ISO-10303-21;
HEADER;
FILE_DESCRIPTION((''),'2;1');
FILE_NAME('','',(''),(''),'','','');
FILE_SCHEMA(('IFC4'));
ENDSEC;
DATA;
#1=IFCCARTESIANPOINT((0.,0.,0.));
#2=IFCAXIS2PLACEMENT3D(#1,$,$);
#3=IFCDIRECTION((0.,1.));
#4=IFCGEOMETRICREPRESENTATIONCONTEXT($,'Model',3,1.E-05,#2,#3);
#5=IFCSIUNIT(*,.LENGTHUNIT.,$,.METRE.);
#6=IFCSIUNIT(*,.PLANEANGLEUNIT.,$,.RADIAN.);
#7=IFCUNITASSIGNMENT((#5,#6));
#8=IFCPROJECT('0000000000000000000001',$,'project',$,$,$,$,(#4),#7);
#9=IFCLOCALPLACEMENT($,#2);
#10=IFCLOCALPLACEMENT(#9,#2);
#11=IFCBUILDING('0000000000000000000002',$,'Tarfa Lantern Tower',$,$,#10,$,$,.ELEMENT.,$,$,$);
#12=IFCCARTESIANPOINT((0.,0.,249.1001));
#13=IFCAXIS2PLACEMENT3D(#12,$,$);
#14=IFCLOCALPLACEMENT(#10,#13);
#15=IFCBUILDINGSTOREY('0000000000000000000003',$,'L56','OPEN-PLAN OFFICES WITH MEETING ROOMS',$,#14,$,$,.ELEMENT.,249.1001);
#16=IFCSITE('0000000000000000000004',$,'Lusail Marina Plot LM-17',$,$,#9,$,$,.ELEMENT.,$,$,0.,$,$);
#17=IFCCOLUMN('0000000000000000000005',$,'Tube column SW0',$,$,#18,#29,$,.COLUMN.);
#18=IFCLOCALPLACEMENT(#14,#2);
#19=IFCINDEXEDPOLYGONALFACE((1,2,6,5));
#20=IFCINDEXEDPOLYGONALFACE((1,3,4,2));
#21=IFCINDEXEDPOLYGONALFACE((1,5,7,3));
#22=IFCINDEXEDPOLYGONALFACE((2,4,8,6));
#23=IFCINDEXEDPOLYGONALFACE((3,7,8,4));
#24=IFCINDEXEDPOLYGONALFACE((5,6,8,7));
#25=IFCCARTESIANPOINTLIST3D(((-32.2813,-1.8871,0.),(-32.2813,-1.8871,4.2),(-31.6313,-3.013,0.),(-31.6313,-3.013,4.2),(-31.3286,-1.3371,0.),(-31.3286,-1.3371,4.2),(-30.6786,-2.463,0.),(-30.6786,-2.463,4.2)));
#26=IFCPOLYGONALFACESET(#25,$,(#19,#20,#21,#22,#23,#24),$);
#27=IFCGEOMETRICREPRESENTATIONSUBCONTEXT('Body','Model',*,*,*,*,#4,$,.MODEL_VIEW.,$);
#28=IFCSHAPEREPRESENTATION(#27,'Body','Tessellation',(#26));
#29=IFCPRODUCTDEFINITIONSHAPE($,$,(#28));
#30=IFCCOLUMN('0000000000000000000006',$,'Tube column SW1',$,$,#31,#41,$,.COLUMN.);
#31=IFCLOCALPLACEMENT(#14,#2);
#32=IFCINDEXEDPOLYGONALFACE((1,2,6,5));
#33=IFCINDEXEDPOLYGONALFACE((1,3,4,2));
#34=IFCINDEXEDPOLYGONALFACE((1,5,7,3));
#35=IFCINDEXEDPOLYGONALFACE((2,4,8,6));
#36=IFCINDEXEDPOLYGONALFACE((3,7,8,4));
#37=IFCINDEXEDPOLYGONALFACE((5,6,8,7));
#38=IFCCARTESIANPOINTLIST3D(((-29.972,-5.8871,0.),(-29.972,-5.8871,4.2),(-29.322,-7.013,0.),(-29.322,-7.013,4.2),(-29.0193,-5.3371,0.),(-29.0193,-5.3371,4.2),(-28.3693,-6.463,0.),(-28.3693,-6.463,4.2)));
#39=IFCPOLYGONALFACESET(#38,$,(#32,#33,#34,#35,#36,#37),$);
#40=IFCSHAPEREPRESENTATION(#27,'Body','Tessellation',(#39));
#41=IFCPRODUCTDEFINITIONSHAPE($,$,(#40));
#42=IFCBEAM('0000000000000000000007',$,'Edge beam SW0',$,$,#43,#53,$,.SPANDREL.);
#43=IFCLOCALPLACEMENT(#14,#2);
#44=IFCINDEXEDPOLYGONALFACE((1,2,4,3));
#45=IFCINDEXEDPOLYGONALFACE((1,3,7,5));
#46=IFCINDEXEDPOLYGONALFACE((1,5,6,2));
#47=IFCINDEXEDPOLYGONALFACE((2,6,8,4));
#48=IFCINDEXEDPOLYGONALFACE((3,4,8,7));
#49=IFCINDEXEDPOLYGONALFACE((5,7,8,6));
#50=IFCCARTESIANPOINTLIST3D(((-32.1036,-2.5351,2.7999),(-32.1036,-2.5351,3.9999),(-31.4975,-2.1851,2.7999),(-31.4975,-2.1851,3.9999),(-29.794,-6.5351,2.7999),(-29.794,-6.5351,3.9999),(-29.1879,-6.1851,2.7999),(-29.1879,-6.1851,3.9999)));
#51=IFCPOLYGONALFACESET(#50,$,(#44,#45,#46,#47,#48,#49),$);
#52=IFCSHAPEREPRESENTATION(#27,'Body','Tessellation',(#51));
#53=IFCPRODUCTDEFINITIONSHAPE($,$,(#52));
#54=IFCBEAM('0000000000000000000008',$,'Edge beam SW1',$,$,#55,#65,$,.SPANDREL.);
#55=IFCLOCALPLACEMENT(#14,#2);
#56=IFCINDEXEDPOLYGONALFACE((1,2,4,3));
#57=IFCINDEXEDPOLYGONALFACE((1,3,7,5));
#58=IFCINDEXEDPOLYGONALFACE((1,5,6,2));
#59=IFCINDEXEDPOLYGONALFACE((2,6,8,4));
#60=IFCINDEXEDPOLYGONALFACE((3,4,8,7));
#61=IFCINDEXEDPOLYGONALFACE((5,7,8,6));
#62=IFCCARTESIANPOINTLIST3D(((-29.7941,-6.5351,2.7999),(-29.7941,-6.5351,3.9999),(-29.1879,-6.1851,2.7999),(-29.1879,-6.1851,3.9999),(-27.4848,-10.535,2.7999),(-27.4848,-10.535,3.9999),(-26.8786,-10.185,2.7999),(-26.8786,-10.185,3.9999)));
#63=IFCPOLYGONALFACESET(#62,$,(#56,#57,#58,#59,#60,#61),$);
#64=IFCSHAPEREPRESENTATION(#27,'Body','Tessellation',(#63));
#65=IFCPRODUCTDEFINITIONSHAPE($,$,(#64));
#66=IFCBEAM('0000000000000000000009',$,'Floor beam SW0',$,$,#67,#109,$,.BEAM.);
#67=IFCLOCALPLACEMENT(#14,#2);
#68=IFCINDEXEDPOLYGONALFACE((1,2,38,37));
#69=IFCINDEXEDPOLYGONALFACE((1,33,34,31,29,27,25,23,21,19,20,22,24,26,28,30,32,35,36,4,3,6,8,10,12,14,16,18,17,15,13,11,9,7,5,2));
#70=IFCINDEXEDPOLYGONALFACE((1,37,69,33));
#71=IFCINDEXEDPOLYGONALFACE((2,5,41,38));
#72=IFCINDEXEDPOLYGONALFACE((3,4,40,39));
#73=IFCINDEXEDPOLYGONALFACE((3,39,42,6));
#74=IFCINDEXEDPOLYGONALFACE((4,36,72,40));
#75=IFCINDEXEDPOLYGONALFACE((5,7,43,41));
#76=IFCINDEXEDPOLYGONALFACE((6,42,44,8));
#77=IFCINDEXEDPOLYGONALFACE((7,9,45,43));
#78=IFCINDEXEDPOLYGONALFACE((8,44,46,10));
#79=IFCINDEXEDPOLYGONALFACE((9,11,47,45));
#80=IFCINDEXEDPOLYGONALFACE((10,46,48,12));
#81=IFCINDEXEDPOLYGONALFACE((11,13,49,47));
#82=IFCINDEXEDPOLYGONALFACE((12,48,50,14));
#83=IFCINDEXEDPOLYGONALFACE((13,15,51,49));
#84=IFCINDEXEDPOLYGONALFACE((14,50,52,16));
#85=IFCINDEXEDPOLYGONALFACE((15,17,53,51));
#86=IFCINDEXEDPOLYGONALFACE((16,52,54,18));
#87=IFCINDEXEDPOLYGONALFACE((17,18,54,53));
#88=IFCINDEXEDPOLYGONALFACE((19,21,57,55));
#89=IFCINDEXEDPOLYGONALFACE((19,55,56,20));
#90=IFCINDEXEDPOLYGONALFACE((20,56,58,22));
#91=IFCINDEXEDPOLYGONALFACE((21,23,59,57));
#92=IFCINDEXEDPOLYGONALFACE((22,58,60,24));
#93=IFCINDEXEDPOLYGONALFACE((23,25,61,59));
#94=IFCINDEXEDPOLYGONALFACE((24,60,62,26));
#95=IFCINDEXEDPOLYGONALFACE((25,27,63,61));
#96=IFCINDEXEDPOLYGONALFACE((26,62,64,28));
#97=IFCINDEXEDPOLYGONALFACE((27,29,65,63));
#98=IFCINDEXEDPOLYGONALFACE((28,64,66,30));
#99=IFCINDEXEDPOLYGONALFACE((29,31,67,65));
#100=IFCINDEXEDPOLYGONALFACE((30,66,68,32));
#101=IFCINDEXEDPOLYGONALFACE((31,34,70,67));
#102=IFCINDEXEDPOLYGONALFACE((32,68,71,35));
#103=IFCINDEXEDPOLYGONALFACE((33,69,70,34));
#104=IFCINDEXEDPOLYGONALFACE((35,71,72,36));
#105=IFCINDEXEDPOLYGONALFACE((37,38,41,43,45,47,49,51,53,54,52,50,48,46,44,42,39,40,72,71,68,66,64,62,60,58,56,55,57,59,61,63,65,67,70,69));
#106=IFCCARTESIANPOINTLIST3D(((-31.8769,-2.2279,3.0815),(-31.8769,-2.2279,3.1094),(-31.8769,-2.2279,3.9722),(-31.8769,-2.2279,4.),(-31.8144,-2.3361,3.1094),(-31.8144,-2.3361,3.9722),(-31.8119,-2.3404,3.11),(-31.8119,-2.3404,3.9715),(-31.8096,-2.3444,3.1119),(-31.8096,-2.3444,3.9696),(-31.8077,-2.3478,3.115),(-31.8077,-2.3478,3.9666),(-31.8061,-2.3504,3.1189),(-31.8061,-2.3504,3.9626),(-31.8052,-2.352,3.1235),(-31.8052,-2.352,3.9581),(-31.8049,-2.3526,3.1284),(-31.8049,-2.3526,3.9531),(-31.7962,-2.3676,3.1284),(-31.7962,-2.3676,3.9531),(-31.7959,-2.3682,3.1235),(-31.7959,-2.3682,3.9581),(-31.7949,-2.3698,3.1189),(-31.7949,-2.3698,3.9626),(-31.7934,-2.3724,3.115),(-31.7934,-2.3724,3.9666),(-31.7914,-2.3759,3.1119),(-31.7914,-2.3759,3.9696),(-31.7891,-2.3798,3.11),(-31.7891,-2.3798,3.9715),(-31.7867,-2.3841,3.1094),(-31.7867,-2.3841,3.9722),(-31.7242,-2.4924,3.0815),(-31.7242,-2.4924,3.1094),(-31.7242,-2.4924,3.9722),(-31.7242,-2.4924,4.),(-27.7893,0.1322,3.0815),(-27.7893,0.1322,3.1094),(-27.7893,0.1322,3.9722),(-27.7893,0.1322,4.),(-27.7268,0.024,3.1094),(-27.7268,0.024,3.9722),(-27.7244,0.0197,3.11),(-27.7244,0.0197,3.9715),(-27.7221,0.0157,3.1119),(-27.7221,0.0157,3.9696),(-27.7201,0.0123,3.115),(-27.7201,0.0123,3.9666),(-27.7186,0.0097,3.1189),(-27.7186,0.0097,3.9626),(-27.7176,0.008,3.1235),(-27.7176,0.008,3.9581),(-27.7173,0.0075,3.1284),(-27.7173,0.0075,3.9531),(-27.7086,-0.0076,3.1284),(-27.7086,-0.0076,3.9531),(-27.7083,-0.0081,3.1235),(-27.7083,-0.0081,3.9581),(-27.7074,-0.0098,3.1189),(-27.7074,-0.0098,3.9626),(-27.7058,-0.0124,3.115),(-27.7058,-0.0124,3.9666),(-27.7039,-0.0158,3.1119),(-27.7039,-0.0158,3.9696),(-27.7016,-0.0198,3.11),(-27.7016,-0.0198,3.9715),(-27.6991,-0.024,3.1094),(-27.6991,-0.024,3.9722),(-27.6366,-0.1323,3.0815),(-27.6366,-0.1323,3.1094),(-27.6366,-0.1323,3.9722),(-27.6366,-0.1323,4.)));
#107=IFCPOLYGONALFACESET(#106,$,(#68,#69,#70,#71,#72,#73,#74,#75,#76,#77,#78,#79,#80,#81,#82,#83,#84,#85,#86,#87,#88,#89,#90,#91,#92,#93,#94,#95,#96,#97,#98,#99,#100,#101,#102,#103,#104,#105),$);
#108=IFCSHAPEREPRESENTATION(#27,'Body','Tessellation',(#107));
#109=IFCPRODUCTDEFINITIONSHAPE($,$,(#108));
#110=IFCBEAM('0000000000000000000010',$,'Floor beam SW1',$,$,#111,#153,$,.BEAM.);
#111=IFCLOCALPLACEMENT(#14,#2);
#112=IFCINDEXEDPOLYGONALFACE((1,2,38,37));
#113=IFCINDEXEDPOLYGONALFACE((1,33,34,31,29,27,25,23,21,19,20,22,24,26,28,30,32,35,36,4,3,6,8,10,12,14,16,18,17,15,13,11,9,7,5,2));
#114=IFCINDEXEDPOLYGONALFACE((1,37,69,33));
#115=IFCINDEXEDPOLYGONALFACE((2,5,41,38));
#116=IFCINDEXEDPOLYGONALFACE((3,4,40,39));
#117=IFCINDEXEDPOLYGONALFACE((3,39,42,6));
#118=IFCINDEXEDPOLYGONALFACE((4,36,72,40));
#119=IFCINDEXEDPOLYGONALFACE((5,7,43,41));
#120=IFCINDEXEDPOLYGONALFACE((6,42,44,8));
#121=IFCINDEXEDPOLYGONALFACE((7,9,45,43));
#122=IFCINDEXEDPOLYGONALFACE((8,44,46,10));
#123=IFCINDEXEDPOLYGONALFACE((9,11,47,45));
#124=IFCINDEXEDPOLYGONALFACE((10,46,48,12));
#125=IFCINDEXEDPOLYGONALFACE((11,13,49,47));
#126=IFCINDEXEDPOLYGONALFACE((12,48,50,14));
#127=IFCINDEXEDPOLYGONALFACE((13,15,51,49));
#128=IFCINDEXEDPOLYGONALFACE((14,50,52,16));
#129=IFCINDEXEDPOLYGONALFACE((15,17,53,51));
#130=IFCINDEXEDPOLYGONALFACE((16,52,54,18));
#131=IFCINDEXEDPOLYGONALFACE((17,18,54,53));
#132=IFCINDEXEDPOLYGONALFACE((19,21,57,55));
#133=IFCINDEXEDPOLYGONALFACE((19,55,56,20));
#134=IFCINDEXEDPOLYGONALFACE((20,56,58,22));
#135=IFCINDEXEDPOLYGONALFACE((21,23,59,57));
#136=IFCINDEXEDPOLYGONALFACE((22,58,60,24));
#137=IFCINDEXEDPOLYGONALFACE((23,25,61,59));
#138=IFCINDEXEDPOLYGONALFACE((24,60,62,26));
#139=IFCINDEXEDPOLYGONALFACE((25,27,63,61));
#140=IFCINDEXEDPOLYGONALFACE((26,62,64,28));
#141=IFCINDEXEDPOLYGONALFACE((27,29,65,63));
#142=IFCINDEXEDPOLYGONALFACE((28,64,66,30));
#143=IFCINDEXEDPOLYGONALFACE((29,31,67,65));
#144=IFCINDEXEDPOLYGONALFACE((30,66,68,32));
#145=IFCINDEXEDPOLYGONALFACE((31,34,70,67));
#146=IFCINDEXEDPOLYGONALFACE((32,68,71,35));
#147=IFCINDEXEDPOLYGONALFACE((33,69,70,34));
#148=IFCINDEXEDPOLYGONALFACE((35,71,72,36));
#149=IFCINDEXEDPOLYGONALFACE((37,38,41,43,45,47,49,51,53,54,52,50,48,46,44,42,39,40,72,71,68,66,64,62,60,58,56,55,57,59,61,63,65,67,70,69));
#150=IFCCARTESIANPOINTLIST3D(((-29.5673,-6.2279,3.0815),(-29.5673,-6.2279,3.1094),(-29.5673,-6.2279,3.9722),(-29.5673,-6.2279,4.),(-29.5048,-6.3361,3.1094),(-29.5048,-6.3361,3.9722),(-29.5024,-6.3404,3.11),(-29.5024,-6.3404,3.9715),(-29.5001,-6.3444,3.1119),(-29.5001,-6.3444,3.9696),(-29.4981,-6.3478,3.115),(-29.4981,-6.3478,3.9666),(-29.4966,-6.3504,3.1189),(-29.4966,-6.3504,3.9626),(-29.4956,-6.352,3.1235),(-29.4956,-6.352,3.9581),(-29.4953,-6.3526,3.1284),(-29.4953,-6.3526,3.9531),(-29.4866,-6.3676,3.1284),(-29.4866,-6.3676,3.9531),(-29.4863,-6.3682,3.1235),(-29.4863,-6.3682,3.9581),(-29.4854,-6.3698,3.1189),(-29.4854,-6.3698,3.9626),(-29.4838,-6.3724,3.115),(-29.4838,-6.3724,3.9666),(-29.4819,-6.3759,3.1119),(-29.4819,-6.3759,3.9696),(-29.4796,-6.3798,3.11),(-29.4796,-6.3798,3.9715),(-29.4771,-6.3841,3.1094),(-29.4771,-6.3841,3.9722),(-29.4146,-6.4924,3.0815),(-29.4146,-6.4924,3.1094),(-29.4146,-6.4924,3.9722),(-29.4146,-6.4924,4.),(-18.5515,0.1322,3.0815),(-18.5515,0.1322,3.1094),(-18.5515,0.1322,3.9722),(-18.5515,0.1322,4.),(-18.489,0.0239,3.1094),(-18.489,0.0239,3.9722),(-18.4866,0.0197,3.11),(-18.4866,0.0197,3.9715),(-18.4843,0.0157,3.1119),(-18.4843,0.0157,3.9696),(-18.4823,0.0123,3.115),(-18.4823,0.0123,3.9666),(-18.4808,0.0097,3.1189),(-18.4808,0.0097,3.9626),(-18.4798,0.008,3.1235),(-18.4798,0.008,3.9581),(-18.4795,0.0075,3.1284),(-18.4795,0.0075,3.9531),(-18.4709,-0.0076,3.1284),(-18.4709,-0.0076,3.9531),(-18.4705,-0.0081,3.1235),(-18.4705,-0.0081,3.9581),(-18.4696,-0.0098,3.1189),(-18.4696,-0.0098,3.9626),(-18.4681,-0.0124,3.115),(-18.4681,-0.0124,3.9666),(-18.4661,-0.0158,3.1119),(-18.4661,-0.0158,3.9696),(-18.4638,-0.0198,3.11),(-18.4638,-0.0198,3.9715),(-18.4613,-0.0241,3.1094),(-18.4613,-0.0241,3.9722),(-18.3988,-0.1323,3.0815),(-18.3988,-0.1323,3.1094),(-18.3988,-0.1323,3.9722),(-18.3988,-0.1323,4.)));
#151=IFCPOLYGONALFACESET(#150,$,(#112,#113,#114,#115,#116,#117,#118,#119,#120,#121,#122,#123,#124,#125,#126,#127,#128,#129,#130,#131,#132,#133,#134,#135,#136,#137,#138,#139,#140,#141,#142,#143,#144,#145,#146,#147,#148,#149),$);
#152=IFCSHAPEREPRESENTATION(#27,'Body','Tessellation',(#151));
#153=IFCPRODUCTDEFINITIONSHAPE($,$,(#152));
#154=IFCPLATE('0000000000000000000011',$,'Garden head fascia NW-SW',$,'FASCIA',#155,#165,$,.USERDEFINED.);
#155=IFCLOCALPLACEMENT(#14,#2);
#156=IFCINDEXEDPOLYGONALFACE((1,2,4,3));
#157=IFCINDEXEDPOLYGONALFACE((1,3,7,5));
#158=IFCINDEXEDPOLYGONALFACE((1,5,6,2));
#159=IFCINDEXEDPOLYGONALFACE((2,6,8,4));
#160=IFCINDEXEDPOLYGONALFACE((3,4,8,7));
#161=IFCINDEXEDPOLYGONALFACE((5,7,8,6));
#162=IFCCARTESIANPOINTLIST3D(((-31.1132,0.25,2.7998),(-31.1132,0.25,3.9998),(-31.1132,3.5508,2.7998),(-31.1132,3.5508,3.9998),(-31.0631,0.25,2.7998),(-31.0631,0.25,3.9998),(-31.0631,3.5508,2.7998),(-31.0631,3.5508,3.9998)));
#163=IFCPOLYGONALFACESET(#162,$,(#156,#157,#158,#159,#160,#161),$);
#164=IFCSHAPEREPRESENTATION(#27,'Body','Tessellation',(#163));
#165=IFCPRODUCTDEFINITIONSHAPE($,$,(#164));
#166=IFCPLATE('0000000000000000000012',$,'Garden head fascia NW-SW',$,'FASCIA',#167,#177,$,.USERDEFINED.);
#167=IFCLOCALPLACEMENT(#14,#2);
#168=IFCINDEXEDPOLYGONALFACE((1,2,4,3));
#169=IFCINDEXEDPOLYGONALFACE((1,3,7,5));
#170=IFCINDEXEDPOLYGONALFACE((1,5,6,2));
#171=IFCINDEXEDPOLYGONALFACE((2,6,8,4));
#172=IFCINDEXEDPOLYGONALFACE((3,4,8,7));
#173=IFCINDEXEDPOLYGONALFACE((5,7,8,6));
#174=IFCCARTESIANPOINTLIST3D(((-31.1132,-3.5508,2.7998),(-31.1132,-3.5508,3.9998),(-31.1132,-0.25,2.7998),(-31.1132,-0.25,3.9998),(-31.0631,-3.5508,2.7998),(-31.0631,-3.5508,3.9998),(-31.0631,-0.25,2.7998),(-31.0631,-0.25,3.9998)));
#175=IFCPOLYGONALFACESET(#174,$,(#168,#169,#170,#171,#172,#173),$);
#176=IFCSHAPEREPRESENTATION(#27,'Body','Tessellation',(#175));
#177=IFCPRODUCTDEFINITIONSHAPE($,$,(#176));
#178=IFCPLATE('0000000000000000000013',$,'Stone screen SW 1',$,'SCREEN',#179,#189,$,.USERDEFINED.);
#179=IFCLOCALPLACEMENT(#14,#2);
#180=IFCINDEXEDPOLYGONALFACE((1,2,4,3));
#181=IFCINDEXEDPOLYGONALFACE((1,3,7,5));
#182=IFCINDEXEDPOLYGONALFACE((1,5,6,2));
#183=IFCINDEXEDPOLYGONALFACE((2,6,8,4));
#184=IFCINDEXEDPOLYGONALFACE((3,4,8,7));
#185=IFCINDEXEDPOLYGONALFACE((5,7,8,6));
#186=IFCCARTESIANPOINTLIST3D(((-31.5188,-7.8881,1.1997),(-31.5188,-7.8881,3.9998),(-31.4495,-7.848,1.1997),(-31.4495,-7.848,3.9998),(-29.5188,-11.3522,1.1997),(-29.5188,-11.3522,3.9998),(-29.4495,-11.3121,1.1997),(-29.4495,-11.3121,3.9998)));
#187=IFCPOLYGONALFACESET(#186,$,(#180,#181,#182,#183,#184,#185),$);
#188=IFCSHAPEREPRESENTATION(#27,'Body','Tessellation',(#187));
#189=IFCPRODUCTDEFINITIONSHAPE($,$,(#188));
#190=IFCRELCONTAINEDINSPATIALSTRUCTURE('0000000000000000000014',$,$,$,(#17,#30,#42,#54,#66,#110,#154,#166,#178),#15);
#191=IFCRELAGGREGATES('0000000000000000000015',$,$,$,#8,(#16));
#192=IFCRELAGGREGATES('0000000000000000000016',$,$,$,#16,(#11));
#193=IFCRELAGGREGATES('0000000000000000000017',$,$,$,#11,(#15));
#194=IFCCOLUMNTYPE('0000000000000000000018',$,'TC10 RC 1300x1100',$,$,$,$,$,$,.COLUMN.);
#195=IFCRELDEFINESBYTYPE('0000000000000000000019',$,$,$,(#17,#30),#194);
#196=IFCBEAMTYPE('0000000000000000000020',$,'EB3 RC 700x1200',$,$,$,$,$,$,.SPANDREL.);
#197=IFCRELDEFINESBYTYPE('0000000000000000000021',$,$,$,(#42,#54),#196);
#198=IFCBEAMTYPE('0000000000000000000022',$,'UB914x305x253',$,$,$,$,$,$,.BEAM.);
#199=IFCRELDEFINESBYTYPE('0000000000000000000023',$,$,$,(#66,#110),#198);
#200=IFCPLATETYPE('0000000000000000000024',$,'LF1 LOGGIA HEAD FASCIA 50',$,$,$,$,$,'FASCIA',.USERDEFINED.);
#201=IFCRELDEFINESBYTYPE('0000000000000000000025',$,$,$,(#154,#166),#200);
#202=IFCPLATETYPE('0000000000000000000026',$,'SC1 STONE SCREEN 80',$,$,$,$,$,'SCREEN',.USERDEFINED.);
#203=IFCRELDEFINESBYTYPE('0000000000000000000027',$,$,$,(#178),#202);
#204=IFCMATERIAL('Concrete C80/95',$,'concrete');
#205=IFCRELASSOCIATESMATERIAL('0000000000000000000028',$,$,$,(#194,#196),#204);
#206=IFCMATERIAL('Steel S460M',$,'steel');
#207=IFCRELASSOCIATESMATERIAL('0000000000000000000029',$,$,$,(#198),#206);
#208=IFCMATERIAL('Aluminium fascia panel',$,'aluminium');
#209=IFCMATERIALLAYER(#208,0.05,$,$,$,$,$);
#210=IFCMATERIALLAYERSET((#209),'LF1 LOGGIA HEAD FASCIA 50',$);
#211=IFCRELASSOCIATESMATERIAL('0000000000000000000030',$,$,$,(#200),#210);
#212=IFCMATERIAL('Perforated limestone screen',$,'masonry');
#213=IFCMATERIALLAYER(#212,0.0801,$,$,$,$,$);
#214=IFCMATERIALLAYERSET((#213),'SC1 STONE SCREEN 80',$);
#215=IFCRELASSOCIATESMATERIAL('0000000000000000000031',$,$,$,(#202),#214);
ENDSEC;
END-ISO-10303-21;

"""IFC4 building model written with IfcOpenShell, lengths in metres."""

from ifc_helpers import new_model, si_unit, direction, frame, origin, origin_2d, place, context, subcontext, project, spatial, rectangle, i_section, extrude, material, layer, layer_set, material_profile, profile_set, type_object, element, save


model = new_model("IFC4")

# Units and contexts
model_context = context("Model", 3, precision=1e-05, world=origin(), true_north=direction((0.0, 1.0)))
body_context = subcontext(model_context, "Body", "Model", "MODEL_VIEW")
ifc_project = project(units=[si_unit("LENGTHUNIT", "METRE"), si_unit("PLANEANGLEUNIT", "RADIAN")], contexts=[model_context])

# Site, building, storey
site_placement = place(None, origin())
site = spatial("IfcSite", under=ifc_project, at=site_placement, Name="Lusail Marina Plot LM-17", CompositionType="ELEMENT", RefElevation=0.0)
building_placement = place(site_placement, origin())
building = spatial("IfcBuilding", under=site, at=building_placement, Name="Tarfa Lantern Tower", CompositionType="ELEMENT")
storey_placement = place(building_placement, frame((0.0, 0.0, 249.1001)))
storey = spatial("IfcBuildingStorey", under=building, at=storey_placement, Name="L56", Description="OPEN-PLAN OFFICES WITH MEETING ROOMS", CompositionType="ELEMENT", Elevation=249.1001)

# Columns
ifc_material_1 = material(Name="Concrete C80/95", Category="concrete")
ifc_material_profile_1 = material_profile(ifc_material_1, rectangle(XDim=1.3, YDim=1.1001, at=origin_2d()), Name="RC 1300x1100")
ifc_profile_set_1 = profile_set([ifc_material_profile_1], Name="Concrete C80/95")
column_type = type_object("IfcColumnType", Name="TC10 RC 1300x1100", PredefinedType="COLUMN", material=ifc_profile_set_1)
for number, where, z_axis, x_axis, name in (
    (1, (-31.48, -2.175, 0.0), (0.0, 0.0, 1.0), (0.5, -0.866025, 0.0), "Tube column SW0"),
    (2, (-29.1707, -6.175, 0.0), (0.0, 0.0, 1.0), (0.5, -0.866025, 0.0), "Tube column SW1"),
):
    element("IfcColumn", number, at=place(storey_placement, frame(where, z_axis=z_axis, x_axis=x_axis)), inside=storey, type_object=column_type, Name=name, PredefinedType="COLUMN", context=body_context, shape_type="SweptSolid", body=[
        extrude(rectangle(XDim=1.3, YDim=1.1001, at=origin_2d()), origin(), (0.0, 0.0, 1.0), 4.2),
    ])

# Beams
ifc_material_profile_2 = material_profile(ifc_material_1, rectangle(XDim=0.7, YDim=1.2, at=origin_2d()), Name="RC 700x1200")
ifc_profile_set_2 = profile_set([ifc_material_profile_2], Name="Concrete C80/95")
beam_type_1 = type_object("IfcBeamType", Name="EB3 RC 700x1200", PredefinedType="SPANDREL", material=ifc_profile_set_2)
beam_1_placement = place(storey_placement, frame((-31.8005, -2.3601, 3.3999), z_axis=(0.500027, -0.86601, 0.0), x_axis=(0.86601, 0.500027, 0.0)))
element("IfcBeam", 3, at=beam_1_placement, inside=storey, type_object=beam_type_1, Name="Edge beam SW0", PredefinedType="SPANDREL", context=body_context, shape_type="SweptSolid", body=[
    extrude(rectangle(XDim=0.7, YDim=1.2, at=origin_2d()), origin(), (0.0, 0.0, 1.0), 4.6189),
])
beam_2_placement = place(storey_placement, frame((-29.491, -6.3601, 3.3999), z_axis=(0.499988, -0.866032, 0.0), x_axis=(0.866032, 0.499988, 0.0)))
element("IfcBeam", 4, at=beam_2_placement, inside=storey, type_object=beam_type_1, Name="Edge beam SW1", PredefinedType="SPANDREL", context=body_context, shape_type="SweptSolid", body=[
    extrude(rectangle(XDim=0.7, YDim=1.2, at=origin_2d()), origin(), (0.0, 0.0, 1.0), 4.6187),
])
ifc_material_2 = material(Name="Steel S460M", Category="steel")
ifc_material_profile_3 = material_profile(ifc_material_2, i_section(OverallWidth=0.3054, OverallDepth=0.9185, WebThickness=0.0173, FlangeThickness=0.0278, FilletRadius=0.019, at=origin_2d()), Name="UB914x305x253")
ifc_profile_set_3 = profile_set([ifc_material_profile_3], Name="Steel S460M")
beam_type_2 = type_object("IfcBeamType", Name="UB914x305x253", PredefinedType="BEAM", material=ifc_profile_set_3)
beam_3_placement = place(storey_placement, frame((-31.8005, -2.3601, 3.5408), z_axis=(0.866016, 0.500016, 0.0), x_axis=(-0.500016, 0.866016, 0.0)))
element("IfcBeam", 5, at=beam_3_placement, inside=storey, type_object=beam_type_2, Name="Floor beam SW0", PredefinedType="BEAM", context=body_context, shape_type="SweptSolid", body=[
    extrude(i_section(OverallWidth=0.3054, OverallDepth=0.9185, WebThickness=0.0173, FlangeThickness=0.0278, FilletRadius=0.019, at=origin_2d()), origin(), (0.0, 0.0, 1.0), 4.72),
])
beam_4_placement = place(storey_placement, frame((-29.491, -6.3601, 3.5408), z_axis=(0.866022, 0.500005, 0.0), x_axis=(-0.500005, 0.866022, 0.0)))
element("IfcBeam", 6, at=beam_4_placement, inside=storey, type_object=beam_type_2, Name="Floor beam SW1", PredefinedType="BEAM", context=body_context, shape_type="SweptSolid", body=[
    extrude(i_section(OverallWidth=0.3054, OverallDepth=0.9185, WebThickness=0.0173, FlangeThickness=0.0278, FilletRadius=0.019, at=origin_2d()), origin(), (0.0, 0.0, 1.0), 12.72),
])

# Plates
ifc_material_3 = material(Name="Aluminium fascia panel", Category="aluminium")
ifc_layer_1 = layer(ifc_material_3, 0.05)
ifc_layer_set_1 = layer_set([ifc_layer_1], Name="LF1 LOGGIA HEAD FASCIA 50")
plate_type_1 = type_object("IfcPlateType", Name="LF1 LOGGIA HEAD FASCIA 50", ElementType="FASCIA", PredefinedType="USERDEFINED", material=ifc_layer_set_1)
for number, where, z_axis, x_axis, name in (
    (7, (-31.0881, 1.9004, 2.7998), (0.0, 0.0, 1.0), (0.0, -1.0, 0.0), "Garden head fascia NW-SW"),
    (8, (-31.0881, -1.9004, 2.7998), (0.0, 0.0, 1.0), (0.0, -1.0, 0.0), "Garden head fascia NW-SW"),
):
    element("IfcPlate", number, at=place(storey_placement, frame(where, z_axis=z_axis, x_axis=x_axis)), inside=storey, type_object=plate_type_1, Name=name, ObjectType="FASCIA", PredefinedType="USERDEFINED", context=body_context, shape_type="SweptSolid", body=[
        extrude(rectangle(XDim=3.3008, YDim=0.05, at=origin_2d()), origin(), (0.0, 0.0, 1.0), 1.2),
    ])
ifc_material_4 = material(Name="Perforated limestone screen", Category="masonry")
ifc_layer_2 = layer(ifc_material_4, 0.0801)
ifc_layer_set_2 = layer_set([ifc_layer_2], Name="SC1 STONE SCREEN 80")
plate_type_2 = type_object("IfcPlateType", Name="SC1 STONE SCREEN 80", ElementType="SCREEN", PredefinedType="USERDEFINED", material=ifc_layer_set_2)
plate_placement = place(storey_placement, frame((-30.4841, -9.6001, 1.1997), z_axis=(0.0, 0.0, 1.0), x_axis=(0.5, -0.866025, 0.0)))
element("IfcPlate", 9, at=plate_placement, inside=storey, type_object=plate_type_2, Name="Stone screen SW 1", ObjectType="SCREEN", PredefinedType="USERDEFINED", context=body_context, shape_type="SweptSolid", body=[
    extrude(rectangle(XDim=4.0, YDim=0.0801, at=origin_2d()), origin(), (0.0, 0.0, 1.0), 2.8),
])

save(model, "model.ifc")
